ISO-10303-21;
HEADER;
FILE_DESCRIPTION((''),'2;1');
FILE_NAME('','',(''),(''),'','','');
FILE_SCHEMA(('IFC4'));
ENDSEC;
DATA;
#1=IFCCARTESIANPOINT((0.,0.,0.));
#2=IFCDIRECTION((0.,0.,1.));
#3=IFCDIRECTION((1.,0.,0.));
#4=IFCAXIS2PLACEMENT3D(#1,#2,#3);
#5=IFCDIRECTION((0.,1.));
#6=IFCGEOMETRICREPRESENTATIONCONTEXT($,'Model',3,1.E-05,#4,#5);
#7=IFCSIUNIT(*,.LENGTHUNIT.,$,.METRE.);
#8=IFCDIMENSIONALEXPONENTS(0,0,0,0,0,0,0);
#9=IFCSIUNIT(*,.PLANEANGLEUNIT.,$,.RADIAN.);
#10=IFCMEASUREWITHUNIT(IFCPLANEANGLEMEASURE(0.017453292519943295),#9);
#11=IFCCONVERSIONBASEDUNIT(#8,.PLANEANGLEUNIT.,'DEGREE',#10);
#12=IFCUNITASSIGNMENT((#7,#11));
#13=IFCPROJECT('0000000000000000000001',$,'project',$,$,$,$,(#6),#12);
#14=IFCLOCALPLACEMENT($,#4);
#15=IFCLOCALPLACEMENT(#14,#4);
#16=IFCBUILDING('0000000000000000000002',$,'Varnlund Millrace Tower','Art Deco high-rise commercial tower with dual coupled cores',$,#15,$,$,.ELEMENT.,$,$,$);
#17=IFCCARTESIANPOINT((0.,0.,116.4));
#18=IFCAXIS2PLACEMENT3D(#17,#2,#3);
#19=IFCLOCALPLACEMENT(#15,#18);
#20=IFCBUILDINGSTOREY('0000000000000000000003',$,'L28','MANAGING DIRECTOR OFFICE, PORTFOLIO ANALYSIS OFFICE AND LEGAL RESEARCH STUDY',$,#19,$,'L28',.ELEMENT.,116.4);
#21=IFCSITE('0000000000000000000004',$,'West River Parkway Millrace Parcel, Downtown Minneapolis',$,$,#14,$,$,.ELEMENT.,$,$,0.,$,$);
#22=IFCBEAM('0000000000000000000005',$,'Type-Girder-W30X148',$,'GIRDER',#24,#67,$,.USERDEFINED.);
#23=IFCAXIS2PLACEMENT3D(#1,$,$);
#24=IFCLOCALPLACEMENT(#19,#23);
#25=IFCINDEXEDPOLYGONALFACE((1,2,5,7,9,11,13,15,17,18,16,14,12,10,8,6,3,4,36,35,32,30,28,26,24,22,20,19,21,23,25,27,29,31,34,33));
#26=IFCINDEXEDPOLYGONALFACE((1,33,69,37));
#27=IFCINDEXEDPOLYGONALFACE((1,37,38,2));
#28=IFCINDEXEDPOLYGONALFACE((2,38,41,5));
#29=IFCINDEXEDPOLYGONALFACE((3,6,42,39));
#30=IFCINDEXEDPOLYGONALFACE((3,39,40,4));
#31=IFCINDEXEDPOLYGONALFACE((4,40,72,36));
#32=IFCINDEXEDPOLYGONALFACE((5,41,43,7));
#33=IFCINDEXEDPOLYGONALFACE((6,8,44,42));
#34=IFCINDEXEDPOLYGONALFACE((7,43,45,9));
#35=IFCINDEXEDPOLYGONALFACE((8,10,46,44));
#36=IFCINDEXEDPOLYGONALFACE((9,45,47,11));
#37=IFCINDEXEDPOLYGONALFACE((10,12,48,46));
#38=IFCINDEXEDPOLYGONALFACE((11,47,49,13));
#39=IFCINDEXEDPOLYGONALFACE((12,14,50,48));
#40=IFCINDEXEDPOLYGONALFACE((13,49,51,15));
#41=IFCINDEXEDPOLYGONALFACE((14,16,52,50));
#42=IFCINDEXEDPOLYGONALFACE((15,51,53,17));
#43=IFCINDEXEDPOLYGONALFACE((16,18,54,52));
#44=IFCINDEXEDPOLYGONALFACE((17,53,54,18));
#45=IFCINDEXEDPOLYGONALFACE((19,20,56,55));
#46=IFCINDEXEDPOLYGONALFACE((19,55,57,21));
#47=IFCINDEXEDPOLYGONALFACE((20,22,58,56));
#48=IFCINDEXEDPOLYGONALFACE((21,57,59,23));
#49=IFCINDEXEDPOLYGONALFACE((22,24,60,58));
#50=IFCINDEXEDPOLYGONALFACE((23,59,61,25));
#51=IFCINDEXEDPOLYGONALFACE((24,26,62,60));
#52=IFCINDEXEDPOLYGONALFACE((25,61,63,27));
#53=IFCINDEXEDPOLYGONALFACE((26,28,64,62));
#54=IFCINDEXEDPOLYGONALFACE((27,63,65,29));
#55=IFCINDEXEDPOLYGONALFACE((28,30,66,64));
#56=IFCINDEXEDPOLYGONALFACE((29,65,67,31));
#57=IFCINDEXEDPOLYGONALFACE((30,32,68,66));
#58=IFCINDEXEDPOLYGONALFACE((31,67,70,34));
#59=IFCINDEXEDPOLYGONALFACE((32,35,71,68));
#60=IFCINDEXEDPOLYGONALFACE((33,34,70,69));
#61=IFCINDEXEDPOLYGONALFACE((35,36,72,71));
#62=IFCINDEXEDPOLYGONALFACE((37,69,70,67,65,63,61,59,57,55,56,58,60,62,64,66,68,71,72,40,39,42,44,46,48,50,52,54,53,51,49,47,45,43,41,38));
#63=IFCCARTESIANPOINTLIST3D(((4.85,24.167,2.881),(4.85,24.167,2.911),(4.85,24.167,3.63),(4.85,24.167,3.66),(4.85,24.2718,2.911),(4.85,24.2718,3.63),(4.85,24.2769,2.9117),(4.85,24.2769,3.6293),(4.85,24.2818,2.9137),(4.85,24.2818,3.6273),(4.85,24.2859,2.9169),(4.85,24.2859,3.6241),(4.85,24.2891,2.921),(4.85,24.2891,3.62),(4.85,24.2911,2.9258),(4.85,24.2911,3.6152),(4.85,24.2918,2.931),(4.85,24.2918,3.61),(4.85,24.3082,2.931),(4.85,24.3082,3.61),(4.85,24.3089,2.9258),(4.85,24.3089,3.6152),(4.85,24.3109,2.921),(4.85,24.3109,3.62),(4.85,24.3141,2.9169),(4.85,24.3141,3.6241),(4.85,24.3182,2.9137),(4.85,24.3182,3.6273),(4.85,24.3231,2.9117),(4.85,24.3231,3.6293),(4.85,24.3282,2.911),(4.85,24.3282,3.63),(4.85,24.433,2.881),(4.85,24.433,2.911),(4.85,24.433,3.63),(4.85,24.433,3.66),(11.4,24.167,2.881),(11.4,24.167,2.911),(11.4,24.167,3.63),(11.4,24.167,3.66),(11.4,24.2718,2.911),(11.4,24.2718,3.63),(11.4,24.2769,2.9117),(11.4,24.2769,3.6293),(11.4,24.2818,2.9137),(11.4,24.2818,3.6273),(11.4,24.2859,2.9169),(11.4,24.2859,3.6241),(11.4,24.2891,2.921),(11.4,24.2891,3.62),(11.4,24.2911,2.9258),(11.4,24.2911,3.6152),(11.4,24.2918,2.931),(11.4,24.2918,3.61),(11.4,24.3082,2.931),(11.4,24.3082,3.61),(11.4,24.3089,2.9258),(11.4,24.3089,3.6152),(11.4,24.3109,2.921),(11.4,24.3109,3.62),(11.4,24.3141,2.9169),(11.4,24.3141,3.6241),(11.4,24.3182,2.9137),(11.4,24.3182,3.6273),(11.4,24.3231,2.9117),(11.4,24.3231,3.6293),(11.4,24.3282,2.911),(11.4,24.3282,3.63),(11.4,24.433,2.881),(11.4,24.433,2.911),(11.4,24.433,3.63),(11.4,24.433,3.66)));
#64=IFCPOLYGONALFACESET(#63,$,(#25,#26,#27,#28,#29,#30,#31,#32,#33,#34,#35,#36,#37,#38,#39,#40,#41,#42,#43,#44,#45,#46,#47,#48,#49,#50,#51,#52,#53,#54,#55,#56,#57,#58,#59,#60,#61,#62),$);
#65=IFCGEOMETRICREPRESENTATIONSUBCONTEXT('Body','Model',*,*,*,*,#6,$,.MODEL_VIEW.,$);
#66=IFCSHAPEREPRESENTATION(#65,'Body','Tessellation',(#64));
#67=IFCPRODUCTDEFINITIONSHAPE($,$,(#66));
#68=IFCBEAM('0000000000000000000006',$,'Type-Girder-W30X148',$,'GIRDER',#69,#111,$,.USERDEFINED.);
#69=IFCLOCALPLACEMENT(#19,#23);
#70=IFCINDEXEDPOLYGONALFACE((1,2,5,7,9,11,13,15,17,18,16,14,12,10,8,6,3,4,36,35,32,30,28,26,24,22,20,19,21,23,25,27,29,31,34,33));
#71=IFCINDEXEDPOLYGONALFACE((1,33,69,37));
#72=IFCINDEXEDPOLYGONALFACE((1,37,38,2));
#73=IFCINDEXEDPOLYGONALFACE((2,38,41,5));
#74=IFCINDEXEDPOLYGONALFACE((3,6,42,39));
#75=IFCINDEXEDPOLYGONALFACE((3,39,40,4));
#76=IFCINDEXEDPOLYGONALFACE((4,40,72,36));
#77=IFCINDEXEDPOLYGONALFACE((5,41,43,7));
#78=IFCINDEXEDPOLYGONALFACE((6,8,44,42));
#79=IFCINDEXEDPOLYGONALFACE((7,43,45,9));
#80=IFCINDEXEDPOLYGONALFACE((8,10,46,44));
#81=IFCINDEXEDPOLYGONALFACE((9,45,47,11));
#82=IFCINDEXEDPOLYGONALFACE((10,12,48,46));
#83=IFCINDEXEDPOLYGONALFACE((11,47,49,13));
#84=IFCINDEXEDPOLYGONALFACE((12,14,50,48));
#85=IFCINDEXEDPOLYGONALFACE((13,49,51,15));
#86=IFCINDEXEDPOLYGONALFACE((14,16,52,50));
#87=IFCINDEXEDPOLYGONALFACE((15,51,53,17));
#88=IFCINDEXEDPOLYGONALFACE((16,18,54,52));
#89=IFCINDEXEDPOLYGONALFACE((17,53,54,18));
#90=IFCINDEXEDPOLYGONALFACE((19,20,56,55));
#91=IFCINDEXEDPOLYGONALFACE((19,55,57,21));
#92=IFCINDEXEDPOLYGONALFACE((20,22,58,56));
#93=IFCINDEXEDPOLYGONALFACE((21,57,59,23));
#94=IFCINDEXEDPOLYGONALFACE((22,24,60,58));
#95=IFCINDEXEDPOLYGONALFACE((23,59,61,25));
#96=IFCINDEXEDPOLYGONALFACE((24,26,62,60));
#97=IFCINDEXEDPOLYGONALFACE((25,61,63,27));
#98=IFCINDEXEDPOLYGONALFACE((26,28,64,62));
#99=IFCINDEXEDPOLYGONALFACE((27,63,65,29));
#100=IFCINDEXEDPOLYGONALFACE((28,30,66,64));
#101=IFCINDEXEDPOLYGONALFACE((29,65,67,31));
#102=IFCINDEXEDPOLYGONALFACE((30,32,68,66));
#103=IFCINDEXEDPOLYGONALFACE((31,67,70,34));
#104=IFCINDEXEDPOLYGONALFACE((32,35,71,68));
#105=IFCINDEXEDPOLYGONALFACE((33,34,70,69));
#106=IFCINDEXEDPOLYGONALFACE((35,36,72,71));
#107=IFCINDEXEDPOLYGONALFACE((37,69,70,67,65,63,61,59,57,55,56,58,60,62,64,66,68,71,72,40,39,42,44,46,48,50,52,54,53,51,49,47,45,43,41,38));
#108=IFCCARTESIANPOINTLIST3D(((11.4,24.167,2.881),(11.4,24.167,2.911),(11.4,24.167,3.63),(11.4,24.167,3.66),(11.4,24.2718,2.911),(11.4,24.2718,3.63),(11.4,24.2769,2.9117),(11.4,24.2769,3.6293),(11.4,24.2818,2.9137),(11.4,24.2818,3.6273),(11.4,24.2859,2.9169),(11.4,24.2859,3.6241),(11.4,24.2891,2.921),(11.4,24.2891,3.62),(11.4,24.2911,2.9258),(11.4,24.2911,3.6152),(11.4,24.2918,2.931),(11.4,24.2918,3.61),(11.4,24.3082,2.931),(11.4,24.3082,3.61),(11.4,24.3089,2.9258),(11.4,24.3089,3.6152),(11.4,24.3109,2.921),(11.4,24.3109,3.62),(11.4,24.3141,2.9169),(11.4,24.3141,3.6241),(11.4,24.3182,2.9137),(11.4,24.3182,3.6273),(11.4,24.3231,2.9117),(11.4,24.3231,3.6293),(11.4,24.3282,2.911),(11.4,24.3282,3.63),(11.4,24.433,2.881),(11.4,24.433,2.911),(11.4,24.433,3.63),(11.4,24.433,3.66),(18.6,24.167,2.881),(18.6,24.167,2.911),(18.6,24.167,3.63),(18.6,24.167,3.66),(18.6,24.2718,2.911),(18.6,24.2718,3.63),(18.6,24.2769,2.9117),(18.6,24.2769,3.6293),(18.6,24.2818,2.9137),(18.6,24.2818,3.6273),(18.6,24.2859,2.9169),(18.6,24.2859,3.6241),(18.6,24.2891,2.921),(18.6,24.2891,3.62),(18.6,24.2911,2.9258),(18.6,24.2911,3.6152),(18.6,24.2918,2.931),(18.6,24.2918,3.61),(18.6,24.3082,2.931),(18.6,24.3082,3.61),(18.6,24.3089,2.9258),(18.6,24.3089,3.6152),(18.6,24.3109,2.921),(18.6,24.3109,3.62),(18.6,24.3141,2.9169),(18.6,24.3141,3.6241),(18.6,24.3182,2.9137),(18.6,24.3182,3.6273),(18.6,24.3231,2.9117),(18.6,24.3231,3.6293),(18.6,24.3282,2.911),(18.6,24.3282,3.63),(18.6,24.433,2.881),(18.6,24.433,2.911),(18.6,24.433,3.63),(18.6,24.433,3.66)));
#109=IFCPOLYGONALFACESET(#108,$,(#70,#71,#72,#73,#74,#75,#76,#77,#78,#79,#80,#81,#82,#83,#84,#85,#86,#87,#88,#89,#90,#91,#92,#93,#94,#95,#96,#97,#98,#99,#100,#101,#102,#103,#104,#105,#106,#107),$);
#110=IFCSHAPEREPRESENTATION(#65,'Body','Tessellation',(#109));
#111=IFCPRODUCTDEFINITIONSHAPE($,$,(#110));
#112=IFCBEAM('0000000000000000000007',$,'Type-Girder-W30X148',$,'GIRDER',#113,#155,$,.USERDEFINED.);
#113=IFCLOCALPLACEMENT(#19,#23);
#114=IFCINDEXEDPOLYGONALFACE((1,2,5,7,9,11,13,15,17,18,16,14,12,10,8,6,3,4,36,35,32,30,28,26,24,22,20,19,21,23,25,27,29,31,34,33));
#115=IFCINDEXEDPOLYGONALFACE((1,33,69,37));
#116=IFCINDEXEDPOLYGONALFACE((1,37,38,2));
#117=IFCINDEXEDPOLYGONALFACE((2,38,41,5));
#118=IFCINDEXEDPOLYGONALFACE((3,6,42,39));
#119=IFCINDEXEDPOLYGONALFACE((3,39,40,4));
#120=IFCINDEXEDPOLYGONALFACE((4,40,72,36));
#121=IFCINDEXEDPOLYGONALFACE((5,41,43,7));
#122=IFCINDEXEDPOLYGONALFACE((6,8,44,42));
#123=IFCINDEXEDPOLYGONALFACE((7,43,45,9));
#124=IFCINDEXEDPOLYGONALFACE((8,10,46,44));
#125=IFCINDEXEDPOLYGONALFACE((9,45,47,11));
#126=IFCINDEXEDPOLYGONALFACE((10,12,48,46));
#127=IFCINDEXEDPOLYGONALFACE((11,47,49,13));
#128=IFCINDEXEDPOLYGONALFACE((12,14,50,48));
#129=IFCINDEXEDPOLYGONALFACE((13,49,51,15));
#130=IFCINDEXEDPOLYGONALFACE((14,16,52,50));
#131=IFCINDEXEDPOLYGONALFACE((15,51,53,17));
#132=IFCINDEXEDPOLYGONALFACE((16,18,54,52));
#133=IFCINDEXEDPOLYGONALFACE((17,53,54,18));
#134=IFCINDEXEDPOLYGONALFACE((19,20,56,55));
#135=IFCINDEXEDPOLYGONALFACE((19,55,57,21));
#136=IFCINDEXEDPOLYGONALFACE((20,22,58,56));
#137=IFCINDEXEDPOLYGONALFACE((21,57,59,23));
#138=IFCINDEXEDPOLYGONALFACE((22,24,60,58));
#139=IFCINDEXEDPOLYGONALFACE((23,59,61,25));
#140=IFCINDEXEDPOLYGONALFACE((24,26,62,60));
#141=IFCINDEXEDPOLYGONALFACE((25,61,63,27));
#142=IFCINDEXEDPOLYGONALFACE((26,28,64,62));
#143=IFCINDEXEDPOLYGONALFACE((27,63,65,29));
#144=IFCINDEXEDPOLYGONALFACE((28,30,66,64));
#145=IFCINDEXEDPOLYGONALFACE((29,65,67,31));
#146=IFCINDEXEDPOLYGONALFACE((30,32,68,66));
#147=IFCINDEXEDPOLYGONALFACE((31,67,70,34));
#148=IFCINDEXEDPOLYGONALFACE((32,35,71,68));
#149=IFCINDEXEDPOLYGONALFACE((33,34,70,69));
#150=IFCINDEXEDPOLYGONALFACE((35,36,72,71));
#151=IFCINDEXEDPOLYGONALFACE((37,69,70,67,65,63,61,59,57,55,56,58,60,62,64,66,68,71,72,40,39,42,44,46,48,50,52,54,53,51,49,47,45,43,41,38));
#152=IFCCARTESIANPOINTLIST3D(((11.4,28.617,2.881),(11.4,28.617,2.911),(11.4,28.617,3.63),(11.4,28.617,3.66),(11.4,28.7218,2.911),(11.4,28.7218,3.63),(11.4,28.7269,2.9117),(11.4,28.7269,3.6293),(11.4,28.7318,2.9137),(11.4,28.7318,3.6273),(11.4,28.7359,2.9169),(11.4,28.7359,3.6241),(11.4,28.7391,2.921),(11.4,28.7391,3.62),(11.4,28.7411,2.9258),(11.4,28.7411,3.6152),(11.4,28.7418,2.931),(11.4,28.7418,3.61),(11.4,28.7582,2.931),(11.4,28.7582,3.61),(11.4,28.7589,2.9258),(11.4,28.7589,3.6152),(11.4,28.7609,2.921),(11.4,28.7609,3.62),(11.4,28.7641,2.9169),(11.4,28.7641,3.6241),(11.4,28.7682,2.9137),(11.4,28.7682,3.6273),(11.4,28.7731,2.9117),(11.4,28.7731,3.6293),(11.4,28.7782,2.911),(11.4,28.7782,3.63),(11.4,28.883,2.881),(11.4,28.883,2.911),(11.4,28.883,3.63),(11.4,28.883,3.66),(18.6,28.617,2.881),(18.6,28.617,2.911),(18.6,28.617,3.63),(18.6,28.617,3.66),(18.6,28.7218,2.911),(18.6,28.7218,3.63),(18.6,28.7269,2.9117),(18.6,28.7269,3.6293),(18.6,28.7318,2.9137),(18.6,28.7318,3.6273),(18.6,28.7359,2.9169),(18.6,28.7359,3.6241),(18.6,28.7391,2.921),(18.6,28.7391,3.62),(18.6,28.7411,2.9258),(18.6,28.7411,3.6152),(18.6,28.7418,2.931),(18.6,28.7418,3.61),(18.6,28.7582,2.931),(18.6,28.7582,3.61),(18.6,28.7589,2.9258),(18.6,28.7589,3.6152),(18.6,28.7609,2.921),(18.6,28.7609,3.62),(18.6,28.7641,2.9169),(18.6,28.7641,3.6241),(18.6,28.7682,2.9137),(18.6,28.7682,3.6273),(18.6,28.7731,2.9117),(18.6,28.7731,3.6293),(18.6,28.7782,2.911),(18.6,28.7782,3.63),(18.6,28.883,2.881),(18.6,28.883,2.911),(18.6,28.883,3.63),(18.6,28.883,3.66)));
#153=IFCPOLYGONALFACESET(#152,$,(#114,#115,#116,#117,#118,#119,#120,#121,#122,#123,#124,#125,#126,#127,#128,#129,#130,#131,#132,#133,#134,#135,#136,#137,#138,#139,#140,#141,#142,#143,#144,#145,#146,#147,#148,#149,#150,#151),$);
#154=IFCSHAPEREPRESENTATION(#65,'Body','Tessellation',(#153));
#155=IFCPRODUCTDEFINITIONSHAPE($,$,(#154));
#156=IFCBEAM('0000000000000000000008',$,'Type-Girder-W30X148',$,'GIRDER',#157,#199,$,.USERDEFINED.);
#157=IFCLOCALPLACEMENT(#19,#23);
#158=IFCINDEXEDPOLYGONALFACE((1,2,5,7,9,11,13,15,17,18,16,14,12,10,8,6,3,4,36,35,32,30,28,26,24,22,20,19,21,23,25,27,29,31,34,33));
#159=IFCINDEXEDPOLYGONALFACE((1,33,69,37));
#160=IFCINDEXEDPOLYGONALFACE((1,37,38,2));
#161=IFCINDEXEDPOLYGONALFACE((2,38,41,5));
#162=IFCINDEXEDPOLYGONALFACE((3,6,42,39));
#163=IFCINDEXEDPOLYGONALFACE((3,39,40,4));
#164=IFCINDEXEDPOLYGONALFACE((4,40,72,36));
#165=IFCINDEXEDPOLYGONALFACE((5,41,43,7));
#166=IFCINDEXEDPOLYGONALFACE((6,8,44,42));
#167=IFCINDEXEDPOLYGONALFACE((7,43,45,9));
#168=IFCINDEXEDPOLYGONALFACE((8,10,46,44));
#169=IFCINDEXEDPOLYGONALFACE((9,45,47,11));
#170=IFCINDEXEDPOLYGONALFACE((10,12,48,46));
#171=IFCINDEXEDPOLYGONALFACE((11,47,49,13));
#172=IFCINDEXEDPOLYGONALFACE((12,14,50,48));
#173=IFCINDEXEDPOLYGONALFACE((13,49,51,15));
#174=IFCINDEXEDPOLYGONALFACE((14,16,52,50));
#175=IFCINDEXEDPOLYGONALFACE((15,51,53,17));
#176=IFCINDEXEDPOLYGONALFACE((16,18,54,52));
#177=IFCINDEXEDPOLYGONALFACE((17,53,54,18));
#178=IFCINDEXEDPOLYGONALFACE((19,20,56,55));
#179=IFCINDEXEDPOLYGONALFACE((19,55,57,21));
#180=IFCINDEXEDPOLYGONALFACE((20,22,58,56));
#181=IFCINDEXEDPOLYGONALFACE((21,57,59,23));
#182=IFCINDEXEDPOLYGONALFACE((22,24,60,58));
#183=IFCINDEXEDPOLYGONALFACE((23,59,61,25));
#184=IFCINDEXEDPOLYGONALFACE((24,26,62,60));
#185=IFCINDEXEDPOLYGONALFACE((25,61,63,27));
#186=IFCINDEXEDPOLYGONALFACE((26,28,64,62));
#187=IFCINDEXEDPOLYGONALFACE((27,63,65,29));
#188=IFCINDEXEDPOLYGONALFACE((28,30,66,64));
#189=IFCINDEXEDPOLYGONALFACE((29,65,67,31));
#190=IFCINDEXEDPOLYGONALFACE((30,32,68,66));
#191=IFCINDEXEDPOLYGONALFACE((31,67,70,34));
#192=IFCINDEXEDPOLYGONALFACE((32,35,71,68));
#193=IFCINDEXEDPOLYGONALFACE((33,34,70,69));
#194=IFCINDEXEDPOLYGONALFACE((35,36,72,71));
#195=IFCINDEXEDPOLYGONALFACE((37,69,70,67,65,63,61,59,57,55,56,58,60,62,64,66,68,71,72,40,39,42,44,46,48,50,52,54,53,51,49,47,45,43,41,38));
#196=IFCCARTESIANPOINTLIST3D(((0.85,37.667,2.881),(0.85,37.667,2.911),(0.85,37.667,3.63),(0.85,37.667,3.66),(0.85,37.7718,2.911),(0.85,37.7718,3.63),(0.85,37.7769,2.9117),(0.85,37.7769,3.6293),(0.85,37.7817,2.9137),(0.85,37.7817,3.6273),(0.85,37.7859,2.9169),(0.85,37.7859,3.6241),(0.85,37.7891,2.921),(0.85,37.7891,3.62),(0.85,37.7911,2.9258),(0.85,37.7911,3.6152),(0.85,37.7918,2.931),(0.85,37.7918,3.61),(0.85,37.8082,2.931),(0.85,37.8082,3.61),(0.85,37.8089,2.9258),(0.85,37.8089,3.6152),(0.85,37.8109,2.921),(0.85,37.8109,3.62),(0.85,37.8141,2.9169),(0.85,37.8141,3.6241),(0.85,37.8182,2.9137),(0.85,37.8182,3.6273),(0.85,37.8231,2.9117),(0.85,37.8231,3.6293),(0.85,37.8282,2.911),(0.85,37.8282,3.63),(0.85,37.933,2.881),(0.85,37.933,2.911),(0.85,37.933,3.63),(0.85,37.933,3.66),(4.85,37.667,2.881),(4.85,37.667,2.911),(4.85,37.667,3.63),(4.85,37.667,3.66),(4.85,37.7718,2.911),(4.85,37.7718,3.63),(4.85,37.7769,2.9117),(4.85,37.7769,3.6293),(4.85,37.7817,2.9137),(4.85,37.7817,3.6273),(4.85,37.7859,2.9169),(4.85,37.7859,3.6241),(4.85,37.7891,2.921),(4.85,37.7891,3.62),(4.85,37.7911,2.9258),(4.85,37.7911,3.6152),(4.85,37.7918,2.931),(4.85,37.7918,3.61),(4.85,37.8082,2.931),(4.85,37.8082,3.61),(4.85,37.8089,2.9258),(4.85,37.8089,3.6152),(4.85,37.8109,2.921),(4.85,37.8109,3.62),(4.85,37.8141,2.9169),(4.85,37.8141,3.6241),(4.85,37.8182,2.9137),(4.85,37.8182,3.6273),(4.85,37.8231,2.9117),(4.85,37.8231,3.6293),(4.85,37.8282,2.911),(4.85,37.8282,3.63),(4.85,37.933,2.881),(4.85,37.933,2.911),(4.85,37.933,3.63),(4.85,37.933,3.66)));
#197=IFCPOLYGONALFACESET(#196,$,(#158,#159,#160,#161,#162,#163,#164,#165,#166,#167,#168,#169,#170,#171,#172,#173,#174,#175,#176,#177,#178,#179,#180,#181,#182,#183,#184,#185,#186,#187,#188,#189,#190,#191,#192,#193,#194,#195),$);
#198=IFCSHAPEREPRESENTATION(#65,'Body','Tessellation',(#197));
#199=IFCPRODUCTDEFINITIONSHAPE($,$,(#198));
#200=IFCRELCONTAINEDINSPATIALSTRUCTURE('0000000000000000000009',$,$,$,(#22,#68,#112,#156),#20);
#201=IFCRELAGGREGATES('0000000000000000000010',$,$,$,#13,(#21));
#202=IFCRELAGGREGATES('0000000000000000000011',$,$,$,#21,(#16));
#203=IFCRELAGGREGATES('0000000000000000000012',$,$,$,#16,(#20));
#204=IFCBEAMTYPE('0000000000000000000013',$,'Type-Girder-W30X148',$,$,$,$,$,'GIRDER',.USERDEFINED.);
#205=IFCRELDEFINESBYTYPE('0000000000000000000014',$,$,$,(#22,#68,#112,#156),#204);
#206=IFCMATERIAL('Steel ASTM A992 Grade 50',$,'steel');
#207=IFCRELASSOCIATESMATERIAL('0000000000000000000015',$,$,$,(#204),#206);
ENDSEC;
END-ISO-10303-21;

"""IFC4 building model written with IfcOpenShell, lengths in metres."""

from ifc_helpers import new_model, entity, si_unit, converted_unit, direction, frame, origin_with_axes, origin_2d_with_axis, place, context, subcontext, project, spatial, i_section, extrude, material, material_profile, profile_set, type_object, element, save


model = new_model("IFC4")

# Units and contexts
model_context = context("Model", 3, precision=1e-05, world=origin_with_axes(), true_north=direction((0.0, 1.0)))
body_context = subcontext(model_context, "Body", "Model", "MODEL_VIEW")
ifc_project = project(units=[si_unit("LENGTHUNIT", "METRE"), converted_unit("PLANEANGLEUNIT", "DEGREE", entity("IfcPlaneAngleMeasure", 0.017453292519943295), si_unit("PLANEANGLEUNIT", "RADIAN"), dimensions=[0, 0, 0, 0, 0, 0, 0])], contexts=[model_context])

# Site, building, storey
site_placement = place(None, origin_with_axes())
site = spatial("IfcSite", under=ifc_project, at=site_placement, Name="West River Parkway Millrace Parcel, Downtown Minneapolis", CompositionType="ELEMENT", RefElevation=0.0)
building_placement = place(site_placement, origin_with_axes())
building = spatial("IfcBuilding", under=site, at=building_placement, Name="Varnlund Millrace Tower", Description="Art Deco high-rise commercial tower with dual coupled cores", CompositionType="ELEMENT")
storey_placement = place(building_placement, frame((0.0, 0.0, 116.4), z_axis=(0.0, 0.0, 1.0), x_axis=(1.0, 0.0, 0.0)))
storey = spatial("IfcBuildingStorey", under=building, at=storey_placement, Name="L28", Description="MANAGING DIRECTOR OFFICE, PORTFOLIO ANALYSIS OFFICE AND LEGAL RESEARCH STUDY", LongName="L28", CompositionType="ELEMENT", Elevation=116.4)

# Beams
ifc_material_1 = material(Name="Steel ASTM A992 Grade 50", Category="steel")
ifc_material_profile_1 = material_profile(ifc_material_1, i_section(OverallWidth=0.266, OverallDepth=0.779, WebThickness=0.0165, FlangeThickness=0.03, FilletRadius=0.02, at=origin_2d_with_axis()), Name="Steel ASTM A992 Grade 50")
ifc_profile_set_1 = profile_set([ifc_material_profile_1], Name="Steel ASTM A992 Grade 50")
beam_type_1 = type_object("IfcBeamType", Name="Type-Girder-W30X148", ElementType="GIRDER", PredefinedType="USERDEFINED", material=ifc_profile_set_1)
beam_1_placement = place(storey_placement, frame((4.85, 24.3, 3.2705), z_axis=(1.0, 0.0, 0.0), x_axis=(0.0, 1.0, 0.0)))
element("IfcBeam", 1, at=beam_1_placement, inside=storey, type_object=beam_type_1, Name="Type-Girder-W30X148", ObjectType="GIRDER", PredefinedType="USERDEFINED", context=body_context, shape_type="SweptSolid", body=[
    extrude(i_section(OverallWidth=0.266, OverallDepth=0.779, WebThickness=0.0165, FlangeThickness=0.03, FilletRadius=0.02, at=origin_2d_with_axis()), origin_with_axes(), (0.0, 0.0, 1.0), 6.55),
])
for number, where, z_axis, x_axis, name in (
    (2, (11.4, 24.3, 3.2705), (1.0, 0.0, 0.0), (0.0, 1.0, 0.0), "Type-Girder-W30X148"),
    (3, (11.4, 28.75, 3.2705), (1.0, 0.0, 0.0), (0.0, 1.0, 0.0), "Type-Girder-W30X148"),
):
    element("IfcBeam", number, at=place(storey_placement, frame(where, z_axis=z_axis, x_axis=x_axis)), inside=storey, type_object=beam_type_1, Name=name, ObjectType="GIRDER", PredefinedType="USERDEFINED", context=body_context, shape_type="SweptSolid", body=[
        extrude(i_section(OverallWidth=0.266, OverallDepth=0.779, WebThickness=0.0165, FlangeThickness=0.03, FilletRadius=0.02, at=origin_2d_with_axis()), origin_with_axes(), (0.0, 0.0, 1.0), 7.2),
    ])
beam_2_placement = place(storey_placement, frame((0.85, 37.8, 3.2705), z_axis=(1.0, 0.0, 0.0), x_axis=(0.0, 1.0, 0.0)))
element("IfcBeam", 4, at=beam_2_placement, inside=storey, type_object=beam_type_1, Name="Type-Girder-W30X148", ObjectType="GIRDER", PredefinedType="USERDEFINED", context=body_context, shape_type="SweptSolid", body=[
    extrude(i_section(OverallWidth=0.266, OverallDepth=0.779, WebThickness=0.0165, FlangeThickness=0.03, FilletRadius=0.02, at=origin_2d_with_axis()), origin_with_axes(), (0.0, 0.0, 1.0), 4.0),
])

save(model, "model.ifc")
